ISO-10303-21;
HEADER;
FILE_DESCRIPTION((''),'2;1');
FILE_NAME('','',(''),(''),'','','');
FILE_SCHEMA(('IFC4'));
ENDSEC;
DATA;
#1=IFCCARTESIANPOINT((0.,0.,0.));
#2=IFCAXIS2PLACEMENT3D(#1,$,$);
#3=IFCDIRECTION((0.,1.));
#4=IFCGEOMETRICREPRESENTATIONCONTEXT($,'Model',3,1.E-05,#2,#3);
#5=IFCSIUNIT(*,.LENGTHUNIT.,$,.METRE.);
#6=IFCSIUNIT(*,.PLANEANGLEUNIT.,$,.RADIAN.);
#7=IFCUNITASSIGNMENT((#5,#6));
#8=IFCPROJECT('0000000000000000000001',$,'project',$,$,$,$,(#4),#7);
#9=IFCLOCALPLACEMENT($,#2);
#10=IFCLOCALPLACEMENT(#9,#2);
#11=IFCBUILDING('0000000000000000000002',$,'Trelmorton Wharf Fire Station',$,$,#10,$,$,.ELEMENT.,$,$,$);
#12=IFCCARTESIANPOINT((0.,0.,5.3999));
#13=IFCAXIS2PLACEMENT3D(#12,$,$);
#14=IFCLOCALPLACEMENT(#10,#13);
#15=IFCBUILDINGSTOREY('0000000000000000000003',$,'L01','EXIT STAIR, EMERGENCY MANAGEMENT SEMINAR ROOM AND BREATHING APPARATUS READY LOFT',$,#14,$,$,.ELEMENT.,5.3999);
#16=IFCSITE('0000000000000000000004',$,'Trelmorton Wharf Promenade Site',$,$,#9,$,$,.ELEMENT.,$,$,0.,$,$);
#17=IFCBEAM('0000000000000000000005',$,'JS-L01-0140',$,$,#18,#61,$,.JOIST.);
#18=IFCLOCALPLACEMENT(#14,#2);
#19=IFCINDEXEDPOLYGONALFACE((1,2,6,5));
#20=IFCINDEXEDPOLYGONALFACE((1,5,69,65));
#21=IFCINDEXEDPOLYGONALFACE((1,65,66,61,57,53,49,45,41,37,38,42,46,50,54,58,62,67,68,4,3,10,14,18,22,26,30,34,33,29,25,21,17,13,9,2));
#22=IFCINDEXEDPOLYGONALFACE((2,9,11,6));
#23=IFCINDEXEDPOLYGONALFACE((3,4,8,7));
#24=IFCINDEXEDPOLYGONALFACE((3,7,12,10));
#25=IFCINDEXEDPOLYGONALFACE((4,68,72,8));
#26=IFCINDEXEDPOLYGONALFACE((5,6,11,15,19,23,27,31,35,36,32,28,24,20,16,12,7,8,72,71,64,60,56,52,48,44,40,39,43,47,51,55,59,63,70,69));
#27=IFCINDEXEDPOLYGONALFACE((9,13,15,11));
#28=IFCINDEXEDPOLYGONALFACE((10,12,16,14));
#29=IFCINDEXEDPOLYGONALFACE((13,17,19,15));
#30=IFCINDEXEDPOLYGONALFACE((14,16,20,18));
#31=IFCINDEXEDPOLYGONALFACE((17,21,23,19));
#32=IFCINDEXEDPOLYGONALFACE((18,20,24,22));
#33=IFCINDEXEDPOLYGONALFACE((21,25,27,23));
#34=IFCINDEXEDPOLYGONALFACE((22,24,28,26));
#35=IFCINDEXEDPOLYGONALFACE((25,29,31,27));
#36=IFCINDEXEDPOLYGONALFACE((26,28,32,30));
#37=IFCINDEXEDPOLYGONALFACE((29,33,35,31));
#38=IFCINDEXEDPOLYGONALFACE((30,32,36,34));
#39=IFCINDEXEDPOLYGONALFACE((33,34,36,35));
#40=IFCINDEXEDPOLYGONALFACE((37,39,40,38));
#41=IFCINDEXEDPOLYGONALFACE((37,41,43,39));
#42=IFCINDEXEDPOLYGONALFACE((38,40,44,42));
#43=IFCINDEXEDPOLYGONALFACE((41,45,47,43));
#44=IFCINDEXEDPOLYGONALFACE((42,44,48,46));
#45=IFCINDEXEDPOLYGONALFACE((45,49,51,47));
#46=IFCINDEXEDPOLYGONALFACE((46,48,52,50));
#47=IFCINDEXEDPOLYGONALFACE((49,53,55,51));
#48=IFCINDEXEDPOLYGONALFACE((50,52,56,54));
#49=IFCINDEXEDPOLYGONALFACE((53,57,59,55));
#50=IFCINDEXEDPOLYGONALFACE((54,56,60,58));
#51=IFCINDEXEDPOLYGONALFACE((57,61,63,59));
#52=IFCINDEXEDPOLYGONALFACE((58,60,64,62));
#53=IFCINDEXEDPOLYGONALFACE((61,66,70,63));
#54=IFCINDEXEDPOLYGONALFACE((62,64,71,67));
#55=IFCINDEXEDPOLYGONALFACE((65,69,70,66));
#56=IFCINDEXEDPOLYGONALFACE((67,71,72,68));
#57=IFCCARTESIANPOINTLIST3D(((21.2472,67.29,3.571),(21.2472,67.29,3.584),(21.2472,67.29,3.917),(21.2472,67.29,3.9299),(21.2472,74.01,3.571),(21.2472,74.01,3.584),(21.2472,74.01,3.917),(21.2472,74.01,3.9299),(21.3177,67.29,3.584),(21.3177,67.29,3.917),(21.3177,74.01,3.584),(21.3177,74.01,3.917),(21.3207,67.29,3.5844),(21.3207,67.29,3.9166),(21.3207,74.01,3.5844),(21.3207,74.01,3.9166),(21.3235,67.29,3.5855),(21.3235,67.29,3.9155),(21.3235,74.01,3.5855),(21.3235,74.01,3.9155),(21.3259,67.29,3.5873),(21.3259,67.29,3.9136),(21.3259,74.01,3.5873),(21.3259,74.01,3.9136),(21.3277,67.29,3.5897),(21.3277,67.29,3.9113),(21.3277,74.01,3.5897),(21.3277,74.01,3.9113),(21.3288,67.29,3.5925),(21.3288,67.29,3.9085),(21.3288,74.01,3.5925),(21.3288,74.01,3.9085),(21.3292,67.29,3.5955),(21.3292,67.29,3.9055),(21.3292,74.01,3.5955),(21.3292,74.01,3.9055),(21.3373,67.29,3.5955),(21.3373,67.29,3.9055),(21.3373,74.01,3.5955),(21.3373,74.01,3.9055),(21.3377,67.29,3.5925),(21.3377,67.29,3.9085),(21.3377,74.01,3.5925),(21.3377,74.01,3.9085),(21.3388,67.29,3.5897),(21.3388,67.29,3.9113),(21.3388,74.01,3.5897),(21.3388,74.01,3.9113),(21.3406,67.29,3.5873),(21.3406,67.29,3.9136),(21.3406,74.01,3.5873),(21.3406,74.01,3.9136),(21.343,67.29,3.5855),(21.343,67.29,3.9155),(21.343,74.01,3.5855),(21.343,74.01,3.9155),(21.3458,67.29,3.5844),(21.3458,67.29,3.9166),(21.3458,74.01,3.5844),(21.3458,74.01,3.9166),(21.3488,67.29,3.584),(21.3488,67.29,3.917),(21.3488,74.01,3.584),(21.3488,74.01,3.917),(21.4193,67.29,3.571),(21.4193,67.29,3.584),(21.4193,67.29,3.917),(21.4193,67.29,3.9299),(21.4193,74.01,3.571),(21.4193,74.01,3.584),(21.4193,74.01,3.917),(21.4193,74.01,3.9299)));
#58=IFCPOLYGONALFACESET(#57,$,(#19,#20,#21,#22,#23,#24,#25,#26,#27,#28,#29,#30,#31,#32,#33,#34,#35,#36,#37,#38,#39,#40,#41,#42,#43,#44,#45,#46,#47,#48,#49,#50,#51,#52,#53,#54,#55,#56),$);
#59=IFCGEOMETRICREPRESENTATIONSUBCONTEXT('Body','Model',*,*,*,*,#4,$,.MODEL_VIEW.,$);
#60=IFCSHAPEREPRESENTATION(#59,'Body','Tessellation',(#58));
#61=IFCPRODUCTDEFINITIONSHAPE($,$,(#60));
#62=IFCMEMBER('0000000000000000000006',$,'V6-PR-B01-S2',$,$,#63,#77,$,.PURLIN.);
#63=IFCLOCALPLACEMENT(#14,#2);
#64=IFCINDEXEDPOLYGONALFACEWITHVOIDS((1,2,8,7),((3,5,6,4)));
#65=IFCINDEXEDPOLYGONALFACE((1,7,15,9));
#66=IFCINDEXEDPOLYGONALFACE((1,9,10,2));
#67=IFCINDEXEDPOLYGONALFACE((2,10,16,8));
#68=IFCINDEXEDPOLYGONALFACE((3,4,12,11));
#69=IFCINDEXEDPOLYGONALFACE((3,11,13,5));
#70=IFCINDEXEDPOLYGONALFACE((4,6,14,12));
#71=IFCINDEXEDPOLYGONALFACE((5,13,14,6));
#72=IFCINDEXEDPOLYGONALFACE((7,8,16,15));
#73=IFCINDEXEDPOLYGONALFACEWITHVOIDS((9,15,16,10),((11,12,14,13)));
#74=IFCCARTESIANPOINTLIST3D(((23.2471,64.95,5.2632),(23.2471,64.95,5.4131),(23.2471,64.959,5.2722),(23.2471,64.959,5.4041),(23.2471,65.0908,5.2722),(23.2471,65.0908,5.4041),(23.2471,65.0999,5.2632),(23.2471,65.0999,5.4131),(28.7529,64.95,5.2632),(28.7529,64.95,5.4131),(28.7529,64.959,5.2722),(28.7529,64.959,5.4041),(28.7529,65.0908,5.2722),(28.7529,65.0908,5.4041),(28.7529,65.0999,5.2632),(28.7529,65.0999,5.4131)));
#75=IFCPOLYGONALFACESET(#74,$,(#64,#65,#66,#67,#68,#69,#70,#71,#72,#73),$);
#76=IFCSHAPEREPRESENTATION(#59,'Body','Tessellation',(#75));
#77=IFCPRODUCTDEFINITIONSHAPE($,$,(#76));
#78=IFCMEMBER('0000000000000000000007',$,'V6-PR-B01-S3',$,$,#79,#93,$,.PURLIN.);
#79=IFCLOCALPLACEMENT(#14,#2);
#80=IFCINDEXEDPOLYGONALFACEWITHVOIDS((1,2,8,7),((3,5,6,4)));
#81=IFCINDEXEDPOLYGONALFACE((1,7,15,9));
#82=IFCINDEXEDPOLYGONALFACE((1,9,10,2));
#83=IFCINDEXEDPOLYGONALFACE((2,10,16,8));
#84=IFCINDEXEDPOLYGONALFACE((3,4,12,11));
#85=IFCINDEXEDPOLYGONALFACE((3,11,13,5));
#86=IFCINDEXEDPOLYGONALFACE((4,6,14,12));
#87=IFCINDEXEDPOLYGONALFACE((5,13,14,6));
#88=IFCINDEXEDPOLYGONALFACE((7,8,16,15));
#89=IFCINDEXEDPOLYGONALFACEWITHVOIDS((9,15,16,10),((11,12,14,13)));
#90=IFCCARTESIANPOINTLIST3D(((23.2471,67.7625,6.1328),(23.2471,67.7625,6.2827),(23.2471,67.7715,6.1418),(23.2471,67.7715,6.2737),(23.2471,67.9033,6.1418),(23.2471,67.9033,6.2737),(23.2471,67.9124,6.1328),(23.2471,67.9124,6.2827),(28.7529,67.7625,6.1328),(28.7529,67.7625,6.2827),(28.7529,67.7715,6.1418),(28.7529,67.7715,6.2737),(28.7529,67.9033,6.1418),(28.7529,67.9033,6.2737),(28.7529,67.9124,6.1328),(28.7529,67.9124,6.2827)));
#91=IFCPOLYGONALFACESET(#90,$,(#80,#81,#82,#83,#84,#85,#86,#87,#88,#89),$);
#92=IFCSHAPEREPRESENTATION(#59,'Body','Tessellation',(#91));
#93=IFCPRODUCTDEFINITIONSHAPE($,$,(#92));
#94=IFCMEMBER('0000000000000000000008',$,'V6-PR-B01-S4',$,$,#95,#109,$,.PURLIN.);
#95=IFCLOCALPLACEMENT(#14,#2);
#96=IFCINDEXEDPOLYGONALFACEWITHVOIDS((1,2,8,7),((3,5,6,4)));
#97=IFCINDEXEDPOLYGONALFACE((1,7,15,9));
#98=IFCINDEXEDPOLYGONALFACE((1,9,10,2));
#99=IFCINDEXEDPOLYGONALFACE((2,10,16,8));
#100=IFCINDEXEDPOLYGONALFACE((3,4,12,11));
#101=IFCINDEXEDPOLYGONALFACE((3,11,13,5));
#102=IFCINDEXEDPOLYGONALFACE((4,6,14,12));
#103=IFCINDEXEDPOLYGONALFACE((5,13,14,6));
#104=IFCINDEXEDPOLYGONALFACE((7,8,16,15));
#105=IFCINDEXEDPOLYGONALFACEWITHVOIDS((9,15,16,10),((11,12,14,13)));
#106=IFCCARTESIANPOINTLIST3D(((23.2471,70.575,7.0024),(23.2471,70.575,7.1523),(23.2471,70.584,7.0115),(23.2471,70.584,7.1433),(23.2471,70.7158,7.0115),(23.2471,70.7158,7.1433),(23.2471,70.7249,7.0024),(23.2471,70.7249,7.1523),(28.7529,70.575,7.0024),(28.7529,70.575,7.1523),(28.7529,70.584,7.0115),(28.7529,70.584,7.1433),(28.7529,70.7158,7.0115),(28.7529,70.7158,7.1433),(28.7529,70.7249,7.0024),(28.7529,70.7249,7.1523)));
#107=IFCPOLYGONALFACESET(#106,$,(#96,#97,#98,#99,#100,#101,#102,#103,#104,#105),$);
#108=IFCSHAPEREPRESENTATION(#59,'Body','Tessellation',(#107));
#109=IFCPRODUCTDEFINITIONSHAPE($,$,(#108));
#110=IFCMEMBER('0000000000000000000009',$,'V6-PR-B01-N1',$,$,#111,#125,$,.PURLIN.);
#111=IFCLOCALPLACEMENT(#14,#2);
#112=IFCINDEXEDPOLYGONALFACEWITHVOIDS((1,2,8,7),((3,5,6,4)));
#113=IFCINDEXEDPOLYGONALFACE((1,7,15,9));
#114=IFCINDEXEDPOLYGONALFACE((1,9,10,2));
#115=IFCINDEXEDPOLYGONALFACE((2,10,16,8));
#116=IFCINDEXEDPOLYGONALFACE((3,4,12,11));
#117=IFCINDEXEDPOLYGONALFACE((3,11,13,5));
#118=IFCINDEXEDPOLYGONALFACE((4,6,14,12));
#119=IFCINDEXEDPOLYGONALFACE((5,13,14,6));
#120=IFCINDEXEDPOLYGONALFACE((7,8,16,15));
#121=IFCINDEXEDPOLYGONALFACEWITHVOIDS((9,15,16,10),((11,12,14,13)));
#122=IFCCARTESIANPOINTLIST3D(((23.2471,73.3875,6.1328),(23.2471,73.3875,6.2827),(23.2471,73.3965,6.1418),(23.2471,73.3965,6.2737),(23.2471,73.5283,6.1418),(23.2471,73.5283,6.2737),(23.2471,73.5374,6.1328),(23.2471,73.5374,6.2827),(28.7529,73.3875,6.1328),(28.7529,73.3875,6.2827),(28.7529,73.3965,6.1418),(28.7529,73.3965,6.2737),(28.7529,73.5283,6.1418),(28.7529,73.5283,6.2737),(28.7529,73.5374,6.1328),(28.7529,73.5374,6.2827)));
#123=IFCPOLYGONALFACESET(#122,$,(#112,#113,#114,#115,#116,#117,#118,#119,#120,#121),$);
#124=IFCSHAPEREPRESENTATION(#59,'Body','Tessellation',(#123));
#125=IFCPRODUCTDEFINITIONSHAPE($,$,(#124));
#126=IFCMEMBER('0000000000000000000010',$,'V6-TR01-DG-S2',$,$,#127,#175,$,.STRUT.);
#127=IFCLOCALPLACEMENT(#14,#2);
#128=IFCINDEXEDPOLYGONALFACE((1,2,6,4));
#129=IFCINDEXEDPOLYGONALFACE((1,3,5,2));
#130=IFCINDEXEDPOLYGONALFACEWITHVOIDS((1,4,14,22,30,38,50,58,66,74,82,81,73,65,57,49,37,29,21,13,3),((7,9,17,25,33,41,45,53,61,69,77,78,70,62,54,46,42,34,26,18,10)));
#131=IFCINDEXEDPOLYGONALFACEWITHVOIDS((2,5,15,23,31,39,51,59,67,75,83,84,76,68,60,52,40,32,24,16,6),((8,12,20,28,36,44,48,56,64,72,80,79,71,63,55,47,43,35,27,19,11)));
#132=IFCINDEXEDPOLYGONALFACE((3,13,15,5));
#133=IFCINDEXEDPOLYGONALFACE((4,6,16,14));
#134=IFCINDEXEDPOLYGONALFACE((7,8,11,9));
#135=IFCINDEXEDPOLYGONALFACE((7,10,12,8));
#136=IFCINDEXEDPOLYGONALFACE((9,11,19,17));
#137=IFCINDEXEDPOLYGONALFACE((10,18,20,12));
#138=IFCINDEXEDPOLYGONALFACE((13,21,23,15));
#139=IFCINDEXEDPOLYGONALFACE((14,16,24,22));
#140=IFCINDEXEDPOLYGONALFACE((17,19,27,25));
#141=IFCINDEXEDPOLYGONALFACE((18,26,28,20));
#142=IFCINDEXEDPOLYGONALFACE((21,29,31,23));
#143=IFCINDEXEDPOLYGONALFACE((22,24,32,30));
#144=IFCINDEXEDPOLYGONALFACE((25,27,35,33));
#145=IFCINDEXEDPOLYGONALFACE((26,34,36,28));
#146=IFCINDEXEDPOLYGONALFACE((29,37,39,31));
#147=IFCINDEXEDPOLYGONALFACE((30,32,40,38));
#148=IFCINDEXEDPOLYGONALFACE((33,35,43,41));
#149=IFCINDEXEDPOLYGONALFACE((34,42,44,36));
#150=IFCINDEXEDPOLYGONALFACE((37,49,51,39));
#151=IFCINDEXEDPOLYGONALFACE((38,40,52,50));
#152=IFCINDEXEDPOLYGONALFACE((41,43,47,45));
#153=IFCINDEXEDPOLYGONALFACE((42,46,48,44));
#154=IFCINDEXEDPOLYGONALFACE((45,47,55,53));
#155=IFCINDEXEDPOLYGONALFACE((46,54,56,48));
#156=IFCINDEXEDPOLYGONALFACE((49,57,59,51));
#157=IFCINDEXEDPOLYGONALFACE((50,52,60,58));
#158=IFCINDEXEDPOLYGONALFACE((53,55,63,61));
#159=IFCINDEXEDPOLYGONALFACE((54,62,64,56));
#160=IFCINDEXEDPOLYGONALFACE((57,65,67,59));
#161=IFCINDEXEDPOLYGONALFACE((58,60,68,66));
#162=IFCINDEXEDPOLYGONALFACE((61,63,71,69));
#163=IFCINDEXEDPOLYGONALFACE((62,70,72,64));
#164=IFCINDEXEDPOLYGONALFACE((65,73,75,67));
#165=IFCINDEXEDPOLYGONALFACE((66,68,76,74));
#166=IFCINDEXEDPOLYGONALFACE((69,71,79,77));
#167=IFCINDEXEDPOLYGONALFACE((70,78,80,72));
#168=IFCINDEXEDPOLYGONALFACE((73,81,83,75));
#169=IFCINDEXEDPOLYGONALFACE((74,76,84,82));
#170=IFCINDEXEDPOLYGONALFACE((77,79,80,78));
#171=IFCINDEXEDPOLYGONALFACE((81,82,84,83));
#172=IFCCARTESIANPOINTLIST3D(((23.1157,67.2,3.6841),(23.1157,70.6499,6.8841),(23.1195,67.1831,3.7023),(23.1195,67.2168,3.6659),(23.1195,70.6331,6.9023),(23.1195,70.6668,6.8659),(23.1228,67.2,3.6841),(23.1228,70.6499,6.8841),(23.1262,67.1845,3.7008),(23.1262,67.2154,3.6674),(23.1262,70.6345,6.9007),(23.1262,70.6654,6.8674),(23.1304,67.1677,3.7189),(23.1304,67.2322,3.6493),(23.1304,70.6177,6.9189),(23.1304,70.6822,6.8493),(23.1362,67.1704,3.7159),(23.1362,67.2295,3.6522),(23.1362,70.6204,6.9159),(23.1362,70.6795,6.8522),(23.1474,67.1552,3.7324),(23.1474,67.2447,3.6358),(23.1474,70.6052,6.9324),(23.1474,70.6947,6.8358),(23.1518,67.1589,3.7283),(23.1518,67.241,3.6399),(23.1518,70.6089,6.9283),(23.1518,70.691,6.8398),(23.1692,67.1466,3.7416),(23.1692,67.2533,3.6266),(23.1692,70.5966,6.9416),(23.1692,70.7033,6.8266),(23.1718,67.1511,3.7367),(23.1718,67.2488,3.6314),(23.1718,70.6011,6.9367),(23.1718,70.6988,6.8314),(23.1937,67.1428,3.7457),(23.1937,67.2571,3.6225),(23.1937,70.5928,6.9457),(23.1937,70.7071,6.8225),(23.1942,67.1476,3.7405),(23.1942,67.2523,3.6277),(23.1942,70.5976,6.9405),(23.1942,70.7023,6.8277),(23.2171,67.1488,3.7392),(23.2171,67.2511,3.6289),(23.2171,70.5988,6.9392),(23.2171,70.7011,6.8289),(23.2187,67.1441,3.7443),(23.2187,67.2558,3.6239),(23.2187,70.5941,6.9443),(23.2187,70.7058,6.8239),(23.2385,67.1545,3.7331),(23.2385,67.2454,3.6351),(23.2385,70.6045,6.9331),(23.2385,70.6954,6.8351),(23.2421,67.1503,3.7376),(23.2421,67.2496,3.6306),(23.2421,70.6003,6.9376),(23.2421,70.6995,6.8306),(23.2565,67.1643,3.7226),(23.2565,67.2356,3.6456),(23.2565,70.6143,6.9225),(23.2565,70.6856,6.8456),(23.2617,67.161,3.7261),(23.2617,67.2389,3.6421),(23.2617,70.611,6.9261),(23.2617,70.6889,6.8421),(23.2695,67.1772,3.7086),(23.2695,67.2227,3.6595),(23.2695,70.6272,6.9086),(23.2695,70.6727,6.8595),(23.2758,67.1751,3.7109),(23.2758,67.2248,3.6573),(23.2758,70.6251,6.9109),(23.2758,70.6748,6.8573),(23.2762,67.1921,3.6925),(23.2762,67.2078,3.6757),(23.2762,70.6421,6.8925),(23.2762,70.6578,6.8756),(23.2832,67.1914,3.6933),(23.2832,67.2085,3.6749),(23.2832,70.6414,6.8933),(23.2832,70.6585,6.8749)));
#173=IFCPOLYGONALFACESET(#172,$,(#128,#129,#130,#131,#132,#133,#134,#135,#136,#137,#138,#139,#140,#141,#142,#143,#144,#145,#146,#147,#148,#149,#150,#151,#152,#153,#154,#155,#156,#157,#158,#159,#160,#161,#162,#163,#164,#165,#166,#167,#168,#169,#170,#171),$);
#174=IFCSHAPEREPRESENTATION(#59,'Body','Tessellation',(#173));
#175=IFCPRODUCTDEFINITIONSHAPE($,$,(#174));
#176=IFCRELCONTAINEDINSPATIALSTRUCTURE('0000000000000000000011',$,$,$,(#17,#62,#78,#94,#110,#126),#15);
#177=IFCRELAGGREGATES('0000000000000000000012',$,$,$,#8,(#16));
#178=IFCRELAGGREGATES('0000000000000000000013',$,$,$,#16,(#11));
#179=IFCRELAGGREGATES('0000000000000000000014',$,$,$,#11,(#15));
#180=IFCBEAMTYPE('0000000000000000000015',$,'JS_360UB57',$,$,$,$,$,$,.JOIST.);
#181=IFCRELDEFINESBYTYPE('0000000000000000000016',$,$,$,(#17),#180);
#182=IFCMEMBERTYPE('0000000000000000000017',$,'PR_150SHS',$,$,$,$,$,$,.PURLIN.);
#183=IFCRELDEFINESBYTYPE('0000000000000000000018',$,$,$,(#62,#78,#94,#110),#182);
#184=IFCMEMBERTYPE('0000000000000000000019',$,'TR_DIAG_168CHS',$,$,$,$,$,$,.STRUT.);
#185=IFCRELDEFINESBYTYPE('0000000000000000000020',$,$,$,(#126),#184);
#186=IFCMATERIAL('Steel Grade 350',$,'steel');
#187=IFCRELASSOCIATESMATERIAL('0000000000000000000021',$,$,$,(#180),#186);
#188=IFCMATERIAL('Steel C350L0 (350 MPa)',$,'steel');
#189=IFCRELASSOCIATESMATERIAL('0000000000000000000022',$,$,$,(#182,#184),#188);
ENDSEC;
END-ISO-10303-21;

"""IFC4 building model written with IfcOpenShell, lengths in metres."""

from ifc_helpers import new_model, si_unit, direction, frame, origin, origin_2d, place, context, subcontext, project, spatial, hollow_rectangle, hollow_circle, i_section, extrude, material, material_profile, profile_set, type_object, element, save


model = new_model("IFC4")

# Units and contexts
model_context = context("Model", 3, precision=1e-05, world=origin(), true_north=direction((0.0, 1.0)))
body_context = subcontext(model_context, "Body", "Model", "MODEL_VIEW")
ifc_project = project(units=[si_unit("LENGTHUNIT", "METRE"), si_unit("PLANEANGLEUNIT", "RADIAN")], contexts=[model_context])

# Site, building, storey
site_placement = place(None, origin())
site = spatial("IfcSite", under=ifc_project, at=site_placement, Name="Trelmorton Wharf Promenade Site", CompositionType="ELEMENT", RefElevation=0.0)
building_placement = place(site_placement, origin())
building = spatial("IfcBuilding", under=site, at=building_placement, Name="Trelmorton Wharf Fire Station", CompositionType="ELEMENT")
storey_placement = place(building_placement, frame((0.0, 0.0, 5.3999)))
storey = spatial("IfcBuildingStorey", under=building, at=storey_placement, Name="L01", Description="EXIT STAIR, EMERGENCY MANAGEMENT SEMINAR ROOM AND BREATHING APPARATUS READY LOFT", CompositionType="ELEMENT", Elevation=5.3999)

# Shared definitions
ifc_material_1 = material(Name="Steel Grade 350", Category="steel")

# Beam
ifc_material_profile_1 = material_profile(ifc_material_1, i_section(OverallWidth=0.1721, OverallDepth=0.3589, WebThickness=0.0081, FlangeThickness=0.0129, FilletRadius=0.0115, at=origin_2d()), Name="360UB56.7")
ifc_profile_set_1 = profile_set([ifc_material_profile_1], Name="Steel Grade 350")
beam_type_1 = type_object("IfcBeamType", Name="JS_360UB57", PredefinedType="JOIST", material=ifc_profile_set_1)
for number, where, z_axis, x_axis, name in (
    (1, (21.3333, 67.29, 3.7505), (0.0, 1.0, 0.0), (-1.0, 0.0, 0.0), "JS-L01-0140"),
):
    element("IfcBeam", number, at=place(storey_placement, frame(where, z_axis=z_axis, x_axis=x_axis)), inside=storey, type_object=beam_type_1, Name=name, PredefinedType="JOIST", context=body_context, shape_type="SweptSolid", body=[
        extrude(i_section(OverallWidth=0.1721, OverallDepth=0.3589, WebThickness=0.0081, FlangeThickness=0.0129, FilletRadius=0.0115, at=origin_2d()), origin(), (0.0, 0.0, 1.0), 6.72),
    ])

# Members
ifc_material_2 = material(Name="Steel C350L0 (350 MPa)", Category="steel")
ifc_material_profile_2 = material_profile(ifc_material_2, hollow_rectangle(XDim=0.1499, YDim=0.1499, WallThickness=0.009, at=origin_2d()), Name="150x150x9.0SHS")
ifc_profile_set_2 = profile_set([ifc_material_profile_2], Name="Steel C350L0 (350 MPa)")
member_type_1 = type_object("IfcMemberType", Name="PR_150SHS", PredefinedType="PURLIN", material=ifc_profile_set_2)
for number, where, z_axis, x_axis, name in (
    (2, (23.2471, 65.0249, 5.3381), (1.0, 0.0, 0.0), (0.0, 1.0, 0.0), "V6-PR-B01-S2"),
    (3, (23.2471, 67.8374, 6.2078), (1.0, 0.0, 0.0), (0.0, 1.0, 0.0), "V6-PR-B01-S3"),
    (4, (23.2471, 70.6499, 7.0774), (1.0, 0.0, 0.0), (0.0, 1.0, 0.0), "V6-PR-B01-S4"),
    (5, (23.2471, 73.4624, 6.2078), (1.0, 0.0, 0.0), (0.0, 1.0, 0.0), "V6-PR-B01-N1"),
):
    element("IfcMember", number, at=place(storey_placement, frame(where, z_axis=z_axis, x_axis=x_axis)), inside=storey, type_object=member_type_1, Name=name, PredefinedType="PURLIN", context=body_context, shape_type="SweptSolid", body=[
        extrude(hollow_rectangle(XDim=0.1499, YDim=0.1499, WallThickness=0.009, at=origin_2d()), origin(), (0.0, 0.0, 1.0), 5.5059),
    ])
ifc_material_profile_3 = material_profile(ifc_material_2, hollow_circle(Radius=0.0842, WallThickness=0.0071, at=origin_2d()), Name="168.3x7.1CHS")
ifc_profile_set_3 = profile_set([ifc_material_profile_3], Name="Steel C350L0 (350 MPa)")
member_type_2 = type_object("IfcMemberType", Name="TR_DIAG_168CHS", PredefinedType="STRUT", material=ifc_profile_set_3)
member_1_placement = place(storey_placement, frame((23.2, 67.2, 3.6841), z_axis=(0.0, 0.733172, 0.680043), x_axis=(-1.0, 0.0, 0.0)))
element("IfcMember", 6, at=member_1_placement, inside=storey, type_object=member_type_2, Name="V6-TR01-DG-S2", PredefinedType="STRUT", context=body_context, shape_type="SweptSolid", body=[
    extrude(hollow_circle(Radius=0.0842, WallThickness=0.0071, at=origin_2d()), origin(), (0.0, 0.0, 1.0), 4.7056),
])

save(model, "model.ifc")
